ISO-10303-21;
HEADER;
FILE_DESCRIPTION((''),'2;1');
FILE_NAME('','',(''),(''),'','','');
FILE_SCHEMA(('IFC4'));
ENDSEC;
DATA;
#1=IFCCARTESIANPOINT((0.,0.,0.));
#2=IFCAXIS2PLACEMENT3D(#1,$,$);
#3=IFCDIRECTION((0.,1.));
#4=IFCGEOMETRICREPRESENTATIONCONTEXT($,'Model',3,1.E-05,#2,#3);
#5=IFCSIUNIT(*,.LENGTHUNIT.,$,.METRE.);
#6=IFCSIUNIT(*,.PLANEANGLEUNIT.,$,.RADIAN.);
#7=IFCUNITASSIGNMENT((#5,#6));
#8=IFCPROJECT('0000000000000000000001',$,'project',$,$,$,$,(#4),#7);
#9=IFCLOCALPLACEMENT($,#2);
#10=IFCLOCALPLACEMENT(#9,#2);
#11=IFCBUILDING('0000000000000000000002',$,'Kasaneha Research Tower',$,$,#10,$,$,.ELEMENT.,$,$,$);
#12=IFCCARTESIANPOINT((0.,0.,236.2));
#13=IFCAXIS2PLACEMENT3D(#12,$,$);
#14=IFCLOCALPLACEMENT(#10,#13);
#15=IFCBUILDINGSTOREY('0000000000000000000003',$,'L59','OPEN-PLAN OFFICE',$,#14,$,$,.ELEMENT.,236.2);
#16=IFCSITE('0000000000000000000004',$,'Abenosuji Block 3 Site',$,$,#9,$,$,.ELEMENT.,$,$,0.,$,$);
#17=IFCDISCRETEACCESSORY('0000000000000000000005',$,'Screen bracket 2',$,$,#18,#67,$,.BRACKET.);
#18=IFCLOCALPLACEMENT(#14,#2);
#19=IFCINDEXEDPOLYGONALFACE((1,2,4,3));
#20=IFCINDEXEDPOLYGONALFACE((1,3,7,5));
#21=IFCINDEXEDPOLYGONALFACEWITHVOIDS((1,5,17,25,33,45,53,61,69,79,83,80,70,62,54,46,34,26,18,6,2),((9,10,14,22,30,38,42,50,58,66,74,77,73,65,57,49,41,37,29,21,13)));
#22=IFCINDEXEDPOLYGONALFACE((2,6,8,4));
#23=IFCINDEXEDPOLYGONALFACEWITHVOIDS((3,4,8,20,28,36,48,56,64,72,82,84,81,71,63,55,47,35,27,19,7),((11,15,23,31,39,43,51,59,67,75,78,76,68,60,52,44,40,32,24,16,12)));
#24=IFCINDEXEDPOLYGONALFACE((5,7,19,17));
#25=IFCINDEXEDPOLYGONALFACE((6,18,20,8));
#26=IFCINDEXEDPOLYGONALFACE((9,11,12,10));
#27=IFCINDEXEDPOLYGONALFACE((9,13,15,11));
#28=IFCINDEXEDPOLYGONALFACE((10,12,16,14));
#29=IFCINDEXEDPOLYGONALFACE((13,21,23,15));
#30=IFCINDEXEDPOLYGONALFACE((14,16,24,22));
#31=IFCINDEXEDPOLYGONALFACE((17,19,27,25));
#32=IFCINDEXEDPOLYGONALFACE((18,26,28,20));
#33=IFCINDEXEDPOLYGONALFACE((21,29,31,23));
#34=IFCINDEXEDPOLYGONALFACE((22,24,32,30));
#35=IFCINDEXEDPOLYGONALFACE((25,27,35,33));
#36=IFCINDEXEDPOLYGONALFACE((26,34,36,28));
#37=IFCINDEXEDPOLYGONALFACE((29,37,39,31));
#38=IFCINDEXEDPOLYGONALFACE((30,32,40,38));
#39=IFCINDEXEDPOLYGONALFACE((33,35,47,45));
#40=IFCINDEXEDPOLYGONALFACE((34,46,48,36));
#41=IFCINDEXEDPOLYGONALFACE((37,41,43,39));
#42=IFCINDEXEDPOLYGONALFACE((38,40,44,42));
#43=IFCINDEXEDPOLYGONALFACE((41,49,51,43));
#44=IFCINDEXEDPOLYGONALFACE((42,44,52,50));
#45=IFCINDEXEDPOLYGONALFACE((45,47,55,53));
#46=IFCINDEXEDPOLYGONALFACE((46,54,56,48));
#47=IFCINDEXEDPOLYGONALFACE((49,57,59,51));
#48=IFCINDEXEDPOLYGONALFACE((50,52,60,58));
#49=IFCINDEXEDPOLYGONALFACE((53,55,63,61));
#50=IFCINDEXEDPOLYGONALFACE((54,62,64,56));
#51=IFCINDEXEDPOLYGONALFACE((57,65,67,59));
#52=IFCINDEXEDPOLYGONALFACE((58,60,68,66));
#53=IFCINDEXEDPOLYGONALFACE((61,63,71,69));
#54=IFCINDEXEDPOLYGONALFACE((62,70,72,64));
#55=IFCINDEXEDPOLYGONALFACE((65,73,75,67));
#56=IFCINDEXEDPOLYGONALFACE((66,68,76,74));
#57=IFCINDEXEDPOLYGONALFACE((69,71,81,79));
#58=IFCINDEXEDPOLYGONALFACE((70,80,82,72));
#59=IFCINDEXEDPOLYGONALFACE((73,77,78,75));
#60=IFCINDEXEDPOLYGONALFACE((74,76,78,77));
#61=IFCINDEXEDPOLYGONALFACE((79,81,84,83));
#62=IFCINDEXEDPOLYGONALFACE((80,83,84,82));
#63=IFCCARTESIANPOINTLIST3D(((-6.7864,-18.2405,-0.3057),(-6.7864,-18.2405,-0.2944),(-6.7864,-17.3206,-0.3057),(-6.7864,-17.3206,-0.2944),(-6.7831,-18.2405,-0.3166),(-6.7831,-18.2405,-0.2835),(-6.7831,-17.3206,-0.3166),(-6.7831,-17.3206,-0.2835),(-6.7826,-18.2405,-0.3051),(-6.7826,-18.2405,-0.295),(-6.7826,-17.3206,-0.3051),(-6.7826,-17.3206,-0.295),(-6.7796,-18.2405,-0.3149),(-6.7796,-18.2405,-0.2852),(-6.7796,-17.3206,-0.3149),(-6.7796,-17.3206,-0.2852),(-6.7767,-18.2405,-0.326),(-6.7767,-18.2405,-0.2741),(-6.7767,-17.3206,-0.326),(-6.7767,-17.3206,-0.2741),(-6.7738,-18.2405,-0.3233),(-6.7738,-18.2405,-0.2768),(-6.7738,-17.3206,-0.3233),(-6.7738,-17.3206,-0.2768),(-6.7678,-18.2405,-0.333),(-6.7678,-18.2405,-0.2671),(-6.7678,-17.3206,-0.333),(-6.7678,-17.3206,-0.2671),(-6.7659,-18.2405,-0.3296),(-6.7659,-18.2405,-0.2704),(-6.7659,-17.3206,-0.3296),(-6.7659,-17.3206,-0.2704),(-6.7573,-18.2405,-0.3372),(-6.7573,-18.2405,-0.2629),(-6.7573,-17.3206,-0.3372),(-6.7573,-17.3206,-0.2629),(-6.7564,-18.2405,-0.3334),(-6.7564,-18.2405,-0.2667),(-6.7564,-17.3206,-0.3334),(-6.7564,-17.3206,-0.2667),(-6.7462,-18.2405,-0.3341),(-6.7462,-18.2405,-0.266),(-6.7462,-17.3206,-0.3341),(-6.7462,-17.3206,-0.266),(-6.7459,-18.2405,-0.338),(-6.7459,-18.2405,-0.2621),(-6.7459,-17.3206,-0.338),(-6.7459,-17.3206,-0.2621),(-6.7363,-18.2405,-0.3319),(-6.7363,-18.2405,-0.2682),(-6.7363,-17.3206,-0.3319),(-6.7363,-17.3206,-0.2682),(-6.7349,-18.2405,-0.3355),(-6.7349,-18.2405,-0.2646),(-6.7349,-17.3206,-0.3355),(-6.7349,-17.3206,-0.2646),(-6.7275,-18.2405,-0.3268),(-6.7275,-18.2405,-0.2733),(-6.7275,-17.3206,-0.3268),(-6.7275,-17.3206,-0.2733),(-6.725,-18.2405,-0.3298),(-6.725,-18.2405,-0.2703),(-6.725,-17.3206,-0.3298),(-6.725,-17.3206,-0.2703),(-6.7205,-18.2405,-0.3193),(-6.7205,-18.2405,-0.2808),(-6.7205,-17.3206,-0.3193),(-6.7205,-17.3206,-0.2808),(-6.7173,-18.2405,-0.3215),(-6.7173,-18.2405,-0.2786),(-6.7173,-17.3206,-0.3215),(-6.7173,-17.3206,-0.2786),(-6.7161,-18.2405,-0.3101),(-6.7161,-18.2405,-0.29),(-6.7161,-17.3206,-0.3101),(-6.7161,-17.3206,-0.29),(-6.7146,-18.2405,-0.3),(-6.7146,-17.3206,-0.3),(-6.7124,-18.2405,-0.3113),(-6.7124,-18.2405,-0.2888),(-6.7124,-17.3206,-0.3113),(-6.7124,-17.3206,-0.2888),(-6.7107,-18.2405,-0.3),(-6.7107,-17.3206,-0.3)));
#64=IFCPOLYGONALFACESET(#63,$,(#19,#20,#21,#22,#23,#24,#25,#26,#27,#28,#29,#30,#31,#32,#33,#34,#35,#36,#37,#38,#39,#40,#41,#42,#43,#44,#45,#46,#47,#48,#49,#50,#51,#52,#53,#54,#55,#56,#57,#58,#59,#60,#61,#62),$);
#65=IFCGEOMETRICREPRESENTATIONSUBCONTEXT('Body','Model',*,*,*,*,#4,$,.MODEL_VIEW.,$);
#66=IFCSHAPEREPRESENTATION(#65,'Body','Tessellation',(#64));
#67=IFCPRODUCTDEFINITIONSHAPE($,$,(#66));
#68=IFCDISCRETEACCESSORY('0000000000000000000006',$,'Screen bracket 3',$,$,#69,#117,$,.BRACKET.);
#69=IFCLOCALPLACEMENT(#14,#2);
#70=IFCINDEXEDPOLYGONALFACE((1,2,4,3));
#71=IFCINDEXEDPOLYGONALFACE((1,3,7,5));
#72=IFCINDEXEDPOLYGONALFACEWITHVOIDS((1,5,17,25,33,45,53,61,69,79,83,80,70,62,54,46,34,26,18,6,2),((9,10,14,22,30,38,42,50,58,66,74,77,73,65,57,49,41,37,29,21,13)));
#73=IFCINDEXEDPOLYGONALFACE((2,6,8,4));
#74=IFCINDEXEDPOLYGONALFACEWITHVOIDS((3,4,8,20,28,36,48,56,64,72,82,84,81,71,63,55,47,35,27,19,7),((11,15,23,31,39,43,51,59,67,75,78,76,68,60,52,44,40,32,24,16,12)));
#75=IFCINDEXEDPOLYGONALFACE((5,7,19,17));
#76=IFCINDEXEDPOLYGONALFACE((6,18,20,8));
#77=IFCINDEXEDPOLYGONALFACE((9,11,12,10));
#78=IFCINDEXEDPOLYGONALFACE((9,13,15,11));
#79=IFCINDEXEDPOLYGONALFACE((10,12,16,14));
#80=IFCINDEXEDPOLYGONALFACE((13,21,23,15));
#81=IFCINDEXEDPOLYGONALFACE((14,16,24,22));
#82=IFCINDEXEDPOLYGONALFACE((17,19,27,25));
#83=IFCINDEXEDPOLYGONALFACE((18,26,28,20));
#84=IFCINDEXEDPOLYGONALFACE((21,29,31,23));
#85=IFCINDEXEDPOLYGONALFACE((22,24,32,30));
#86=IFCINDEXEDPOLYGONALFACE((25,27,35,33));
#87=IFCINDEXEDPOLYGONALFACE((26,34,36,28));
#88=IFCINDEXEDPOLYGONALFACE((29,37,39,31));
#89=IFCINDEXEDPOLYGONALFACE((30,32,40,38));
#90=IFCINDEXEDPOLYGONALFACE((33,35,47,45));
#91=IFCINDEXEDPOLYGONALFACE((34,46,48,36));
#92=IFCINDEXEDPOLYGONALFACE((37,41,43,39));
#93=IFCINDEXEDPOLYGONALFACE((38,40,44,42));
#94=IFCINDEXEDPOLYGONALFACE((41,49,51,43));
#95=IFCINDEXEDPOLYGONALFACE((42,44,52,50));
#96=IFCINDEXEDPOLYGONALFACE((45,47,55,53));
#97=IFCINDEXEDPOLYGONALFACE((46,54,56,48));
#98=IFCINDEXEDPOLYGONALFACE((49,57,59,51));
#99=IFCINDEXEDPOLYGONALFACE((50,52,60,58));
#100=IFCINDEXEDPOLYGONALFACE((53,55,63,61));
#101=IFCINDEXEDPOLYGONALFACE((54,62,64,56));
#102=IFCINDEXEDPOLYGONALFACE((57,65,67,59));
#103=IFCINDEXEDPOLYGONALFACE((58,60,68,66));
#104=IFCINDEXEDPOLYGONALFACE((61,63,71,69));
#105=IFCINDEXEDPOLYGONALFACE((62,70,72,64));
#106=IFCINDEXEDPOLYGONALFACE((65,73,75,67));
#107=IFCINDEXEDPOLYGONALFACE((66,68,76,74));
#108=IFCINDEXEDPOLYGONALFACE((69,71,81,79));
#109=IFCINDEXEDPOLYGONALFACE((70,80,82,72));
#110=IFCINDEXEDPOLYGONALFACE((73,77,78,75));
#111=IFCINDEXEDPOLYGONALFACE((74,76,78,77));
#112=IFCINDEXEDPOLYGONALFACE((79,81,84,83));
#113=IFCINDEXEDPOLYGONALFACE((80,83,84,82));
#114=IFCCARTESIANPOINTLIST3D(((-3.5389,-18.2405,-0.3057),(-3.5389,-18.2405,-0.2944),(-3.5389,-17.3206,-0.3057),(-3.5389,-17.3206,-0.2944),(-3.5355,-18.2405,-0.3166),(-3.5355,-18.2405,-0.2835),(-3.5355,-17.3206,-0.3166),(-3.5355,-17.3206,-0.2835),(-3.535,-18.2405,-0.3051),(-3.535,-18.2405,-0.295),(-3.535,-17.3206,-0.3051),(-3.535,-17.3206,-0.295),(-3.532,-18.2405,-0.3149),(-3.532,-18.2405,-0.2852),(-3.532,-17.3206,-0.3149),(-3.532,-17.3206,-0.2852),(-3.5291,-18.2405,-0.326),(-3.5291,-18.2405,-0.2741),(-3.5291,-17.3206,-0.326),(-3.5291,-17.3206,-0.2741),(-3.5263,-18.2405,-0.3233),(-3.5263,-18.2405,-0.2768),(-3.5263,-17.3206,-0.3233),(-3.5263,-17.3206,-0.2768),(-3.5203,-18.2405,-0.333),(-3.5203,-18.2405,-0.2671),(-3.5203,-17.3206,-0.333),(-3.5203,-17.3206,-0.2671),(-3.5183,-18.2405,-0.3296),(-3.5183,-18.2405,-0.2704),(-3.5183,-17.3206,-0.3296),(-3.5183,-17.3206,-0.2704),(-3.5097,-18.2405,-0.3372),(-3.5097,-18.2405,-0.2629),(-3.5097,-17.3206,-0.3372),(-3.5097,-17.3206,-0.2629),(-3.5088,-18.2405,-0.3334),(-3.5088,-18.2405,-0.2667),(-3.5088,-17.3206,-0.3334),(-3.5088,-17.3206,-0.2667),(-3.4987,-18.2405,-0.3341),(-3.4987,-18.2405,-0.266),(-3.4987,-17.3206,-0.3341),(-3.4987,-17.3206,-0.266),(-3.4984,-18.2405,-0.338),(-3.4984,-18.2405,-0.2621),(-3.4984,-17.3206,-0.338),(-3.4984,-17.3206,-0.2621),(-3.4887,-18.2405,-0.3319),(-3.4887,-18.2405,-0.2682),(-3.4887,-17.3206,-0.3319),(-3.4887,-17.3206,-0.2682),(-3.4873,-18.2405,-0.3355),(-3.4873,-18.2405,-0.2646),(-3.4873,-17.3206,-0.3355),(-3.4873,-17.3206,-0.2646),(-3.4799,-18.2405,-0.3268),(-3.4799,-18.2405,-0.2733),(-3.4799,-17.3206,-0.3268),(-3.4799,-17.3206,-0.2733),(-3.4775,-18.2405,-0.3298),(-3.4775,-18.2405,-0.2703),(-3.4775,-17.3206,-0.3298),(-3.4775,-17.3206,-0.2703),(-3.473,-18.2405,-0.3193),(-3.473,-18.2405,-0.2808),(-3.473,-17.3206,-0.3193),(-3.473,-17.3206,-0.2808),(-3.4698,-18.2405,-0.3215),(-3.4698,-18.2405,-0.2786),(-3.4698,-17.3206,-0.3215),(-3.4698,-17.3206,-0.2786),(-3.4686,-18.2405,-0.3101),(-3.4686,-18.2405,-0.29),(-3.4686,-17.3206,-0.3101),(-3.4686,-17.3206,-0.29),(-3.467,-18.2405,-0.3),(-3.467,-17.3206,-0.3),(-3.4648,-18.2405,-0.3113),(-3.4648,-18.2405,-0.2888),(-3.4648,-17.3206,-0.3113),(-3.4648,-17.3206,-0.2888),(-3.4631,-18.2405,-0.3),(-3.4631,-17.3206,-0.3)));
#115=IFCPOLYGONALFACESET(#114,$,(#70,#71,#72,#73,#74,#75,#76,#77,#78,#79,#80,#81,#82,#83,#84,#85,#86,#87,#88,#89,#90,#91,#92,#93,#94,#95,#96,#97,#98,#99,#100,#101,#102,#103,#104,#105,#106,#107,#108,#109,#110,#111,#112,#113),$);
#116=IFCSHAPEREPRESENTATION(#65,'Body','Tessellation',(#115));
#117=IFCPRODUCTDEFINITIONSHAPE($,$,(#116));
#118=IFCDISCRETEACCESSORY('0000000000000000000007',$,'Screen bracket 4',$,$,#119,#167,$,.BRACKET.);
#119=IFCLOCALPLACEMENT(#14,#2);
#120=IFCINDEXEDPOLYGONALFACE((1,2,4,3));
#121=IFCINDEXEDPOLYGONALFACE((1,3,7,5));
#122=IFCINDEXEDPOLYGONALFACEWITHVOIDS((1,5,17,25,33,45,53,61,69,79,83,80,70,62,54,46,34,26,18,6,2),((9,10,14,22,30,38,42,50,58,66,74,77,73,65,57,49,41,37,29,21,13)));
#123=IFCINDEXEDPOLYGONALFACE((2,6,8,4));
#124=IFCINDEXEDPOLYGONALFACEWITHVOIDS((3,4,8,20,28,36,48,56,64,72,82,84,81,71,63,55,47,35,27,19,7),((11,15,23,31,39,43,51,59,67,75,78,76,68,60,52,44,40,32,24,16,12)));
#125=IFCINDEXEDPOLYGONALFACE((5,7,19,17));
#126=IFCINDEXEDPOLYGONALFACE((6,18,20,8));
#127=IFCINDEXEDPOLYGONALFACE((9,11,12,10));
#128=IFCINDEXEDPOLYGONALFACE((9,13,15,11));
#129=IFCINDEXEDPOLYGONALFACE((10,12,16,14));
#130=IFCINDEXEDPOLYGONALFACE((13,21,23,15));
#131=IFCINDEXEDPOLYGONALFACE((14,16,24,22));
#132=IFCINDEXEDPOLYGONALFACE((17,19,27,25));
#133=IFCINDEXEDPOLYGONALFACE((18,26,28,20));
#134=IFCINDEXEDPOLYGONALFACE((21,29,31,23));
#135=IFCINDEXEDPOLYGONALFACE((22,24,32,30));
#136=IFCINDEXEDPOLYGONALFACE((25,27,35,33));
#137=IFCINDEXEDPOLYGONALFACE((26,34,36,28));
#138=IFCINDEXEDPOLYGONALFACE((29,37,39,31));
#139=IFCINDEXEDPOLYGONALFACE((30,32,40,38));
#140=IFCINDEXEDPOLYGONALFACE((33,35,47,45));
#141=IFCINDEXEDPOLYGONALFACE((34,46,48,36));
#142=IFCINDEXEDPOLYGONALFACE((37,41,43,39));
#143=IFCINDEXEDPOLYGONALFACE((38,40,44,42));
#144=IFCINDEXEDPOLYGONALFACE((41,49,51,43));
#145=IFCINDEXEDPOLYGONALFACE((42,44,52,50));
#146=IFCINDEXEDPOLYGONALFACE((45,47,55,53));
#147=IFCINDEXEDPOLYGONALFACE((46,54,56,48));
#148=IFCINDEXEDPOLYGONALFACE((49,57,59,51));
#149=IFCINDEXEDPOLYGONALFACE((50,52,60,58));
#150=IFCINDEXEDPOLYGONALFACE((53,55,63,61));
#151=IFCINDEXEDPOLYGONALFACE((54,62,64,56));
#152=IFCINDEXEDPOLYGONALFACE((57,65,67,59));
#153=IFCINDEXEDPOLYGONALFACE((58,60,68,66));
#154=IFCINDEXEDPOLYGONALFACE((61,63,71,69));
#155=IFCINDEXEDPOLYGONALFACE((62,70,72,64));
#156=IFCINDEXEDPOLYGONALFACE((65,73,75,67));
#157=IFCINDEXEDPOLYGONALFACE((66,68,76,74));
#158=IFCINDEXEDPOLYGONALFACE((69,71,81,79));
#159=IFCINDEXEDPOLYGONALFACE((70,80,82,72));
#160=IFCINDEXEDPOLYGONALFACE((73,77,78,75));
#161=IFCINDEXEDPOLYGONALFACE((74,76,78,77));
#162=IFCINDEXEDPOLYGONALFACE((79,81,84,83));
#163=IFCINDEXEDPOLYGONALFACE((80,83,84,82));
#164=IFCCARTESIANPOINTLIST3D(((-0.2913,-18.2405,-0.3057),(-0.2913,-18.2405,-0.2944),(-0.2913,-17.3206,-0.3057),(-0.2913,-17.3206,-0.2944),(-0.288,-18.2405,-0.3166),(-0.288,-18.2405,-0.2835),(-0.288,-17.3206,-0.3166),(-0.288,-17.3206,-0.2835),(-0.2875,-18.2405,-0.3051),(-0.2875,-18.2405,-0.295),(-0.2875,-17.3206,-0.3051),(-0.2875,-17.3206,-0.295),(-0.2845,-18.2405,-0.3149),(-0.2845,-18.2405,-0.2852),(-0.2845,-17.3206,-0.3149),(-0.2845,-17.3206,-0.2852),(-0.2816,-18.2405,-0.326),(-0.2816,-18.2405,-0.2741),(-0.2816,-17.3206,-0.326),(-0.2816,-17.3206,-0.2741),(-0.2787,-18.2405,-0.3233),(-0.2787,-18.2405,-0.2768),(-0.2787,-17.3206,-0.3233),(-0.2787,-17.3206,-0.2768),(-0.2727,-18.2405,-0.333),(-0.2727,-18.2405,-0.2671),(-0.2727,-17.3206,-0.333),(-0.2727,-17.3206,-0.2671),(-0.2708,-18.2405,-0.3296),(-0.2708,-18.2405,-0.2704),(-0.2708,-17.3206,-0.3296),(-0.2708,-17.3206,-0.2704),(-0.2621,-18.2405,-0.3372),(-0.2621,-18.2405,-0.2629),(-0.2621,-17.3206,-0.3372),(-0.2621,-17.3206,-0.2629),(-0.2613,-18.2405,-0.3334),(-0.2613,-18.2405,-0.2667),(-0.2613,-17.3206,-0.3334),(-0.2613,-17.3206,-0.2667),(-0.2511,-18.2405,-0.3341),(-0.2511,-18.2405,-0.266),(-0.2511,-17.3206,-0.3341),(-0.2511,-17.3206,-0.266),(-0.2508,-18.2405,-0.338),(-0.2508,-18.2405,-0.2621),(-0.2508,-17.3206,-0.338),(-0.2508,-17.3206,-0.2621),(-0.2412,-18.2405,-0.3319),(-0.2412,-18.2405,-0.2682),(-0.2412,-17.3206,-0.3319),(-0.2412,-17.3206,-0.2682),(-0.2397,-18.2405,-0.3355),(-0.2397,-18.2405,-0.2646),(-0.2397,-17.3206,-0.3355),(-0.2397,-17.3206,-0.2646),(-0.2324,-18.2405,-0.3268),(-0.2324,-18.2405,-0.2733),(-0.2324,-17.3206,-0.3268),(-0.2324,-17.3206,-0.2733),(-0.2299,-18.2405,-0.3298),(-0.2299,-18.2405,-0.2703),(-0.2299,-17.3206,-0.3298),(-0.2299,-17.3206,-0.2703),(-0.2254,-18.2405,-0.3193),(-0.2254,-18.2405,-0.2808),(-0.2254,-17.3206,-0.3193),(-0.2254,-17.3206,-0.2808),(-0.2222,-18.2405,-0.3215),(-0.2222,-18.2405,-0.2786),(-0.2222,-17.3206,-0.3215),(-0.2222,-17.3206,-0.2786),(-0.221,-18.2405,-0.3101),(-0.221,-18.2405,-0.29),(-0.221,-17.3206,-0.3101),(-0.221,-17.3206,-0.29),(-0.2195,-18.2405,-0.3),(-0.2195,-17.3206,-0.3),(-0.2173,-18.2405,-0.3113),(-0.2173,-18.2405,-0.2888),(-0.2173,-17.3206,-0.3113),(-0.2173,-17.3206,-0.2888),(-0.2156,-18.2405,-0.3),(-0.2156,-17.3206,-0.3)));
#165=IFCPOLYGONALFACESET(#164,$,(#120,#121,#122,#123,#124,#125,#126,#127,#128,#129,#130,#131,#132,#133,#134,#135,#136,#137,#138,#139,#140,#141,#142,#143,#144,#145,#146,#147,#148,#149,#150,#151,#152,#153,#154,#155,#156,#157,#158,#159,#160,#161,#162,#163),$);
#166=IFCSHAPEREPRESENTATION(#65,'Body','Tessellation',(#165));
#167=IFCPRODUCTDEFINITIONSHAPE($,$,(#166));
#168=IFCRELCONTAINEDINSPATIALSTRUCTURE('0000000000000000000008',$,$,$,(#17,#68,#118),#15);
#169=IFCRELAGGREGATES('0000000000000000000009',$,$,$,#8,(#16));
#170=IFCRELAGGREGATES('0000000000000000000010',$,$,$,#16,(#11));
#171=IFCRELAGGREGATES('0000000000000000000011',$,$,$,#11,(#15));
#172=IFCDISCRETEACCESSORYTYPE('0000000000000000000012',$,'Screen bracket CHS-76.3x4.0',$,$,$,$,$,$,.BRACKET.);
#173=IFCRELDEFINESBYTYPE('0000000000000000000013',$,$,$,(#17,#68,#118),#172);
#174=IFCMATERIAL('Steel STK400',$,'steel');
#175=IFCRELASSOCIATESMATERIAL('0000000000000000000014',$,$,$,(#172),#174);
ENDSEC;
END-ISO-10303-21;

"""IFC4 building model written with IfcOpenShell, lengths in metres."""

from ifc_helpers import new_model, si_unit, direction, frame, origin, origin_2d, place, context, subcontext, project, spatial, hollow_circle, extrude, material, material_profile, profile_set, type_object, element, save


model = new_model("IFC4")

# Units and contexts
model_context = context("Model", 3, precision=1e-05, world=origin(), true_north=direction((0.0, 1.0)))
body_context = subcontext(model_context, "Body", "Model", "MODEL_VIEW")
ifc_project = project(units=[si_unit("LENGTHUNIT", "METRE"), si_unit("PLANEANGLEUNIT", "RADIAN")], contexts=[model_context])

# Site, building, storey
site_placement = place(None, origin())
site = spatial("IfcSite", under=ifc_project, at=site_placement, Name="Abenosuji Block 3 Site", CompositionType="ELEMENT", RefElevation=0.0)
building_placement = place(site_placement, origin())
building = spatial("IfcBuilding", under=site, at=building_placement, Name="Kasaneha Research Tower", CompositionType="ELEMENT")
storey_placement = place(building_placement, frame((0.0, 0.0, 236.2)))
storey = spatial("IfcBuildingStorey", under=building, at=storey_placement, Name="L59", Description="OPEN-PLAN OFFICE", CompositionType="ELEMENT", Elevation=236.2)

# Discrete accessories
ifc_material_1 = material(Name="Steel STK400", Category="steel")
ifc_material_profile_1 = material_profile(ifc_material_1, hollow_circle(Radius=0.0381, WallThickness=0.0039, at=origin_2d()), Name="CHS-76.3x4.0")
ifc_profile_set_1 = profile_set([ifc_material_profile_1], Name="Steel STK400")
discrete_accessory_type = type_object("IfcDiscreteAccessoryType", Name="Screen bracket CHS-76.3x4.0", PredefinedType="BRACKET", material=ifc_profile_set_1)
for number, where, z_axis, x_axis, name in (
    (1, (-6.7488, -17.3206, -0.3), (0.0, -1.0, 0.0), (1.0, 0.0, 0.0), "Screen bracket 2"),
    (2, (-3.5012, -17.3206, -0.3), (0.0, -1.0, 0.0), (1.0, 0.0, 0.0), "Screen bracket 3"),
    (3, (-0.2537, -17.3206, -0.3), (0.0, -1.0, 0.0), (1.0, 0.0, 0.0), "Screen bracket 4"),
):
    element("IfcDiscreteAccessory", number, at=place(storey_placement, frame(where, z_axis=z_axis, x_axis=x_axis)), inside=storey, type_object=discrete_accessory_type, Name=name, PredefinedType="BRACKET", context=body_context, shape_type="SweptSolid", body=[
        extrude(hollow_circle(Radius=0.0381, WallThickness=0.0039, at=origin_2d()), origin(), (0.0, 0.0, 1.0), 0.9199),
    ])

save(model, "model.ifc")
